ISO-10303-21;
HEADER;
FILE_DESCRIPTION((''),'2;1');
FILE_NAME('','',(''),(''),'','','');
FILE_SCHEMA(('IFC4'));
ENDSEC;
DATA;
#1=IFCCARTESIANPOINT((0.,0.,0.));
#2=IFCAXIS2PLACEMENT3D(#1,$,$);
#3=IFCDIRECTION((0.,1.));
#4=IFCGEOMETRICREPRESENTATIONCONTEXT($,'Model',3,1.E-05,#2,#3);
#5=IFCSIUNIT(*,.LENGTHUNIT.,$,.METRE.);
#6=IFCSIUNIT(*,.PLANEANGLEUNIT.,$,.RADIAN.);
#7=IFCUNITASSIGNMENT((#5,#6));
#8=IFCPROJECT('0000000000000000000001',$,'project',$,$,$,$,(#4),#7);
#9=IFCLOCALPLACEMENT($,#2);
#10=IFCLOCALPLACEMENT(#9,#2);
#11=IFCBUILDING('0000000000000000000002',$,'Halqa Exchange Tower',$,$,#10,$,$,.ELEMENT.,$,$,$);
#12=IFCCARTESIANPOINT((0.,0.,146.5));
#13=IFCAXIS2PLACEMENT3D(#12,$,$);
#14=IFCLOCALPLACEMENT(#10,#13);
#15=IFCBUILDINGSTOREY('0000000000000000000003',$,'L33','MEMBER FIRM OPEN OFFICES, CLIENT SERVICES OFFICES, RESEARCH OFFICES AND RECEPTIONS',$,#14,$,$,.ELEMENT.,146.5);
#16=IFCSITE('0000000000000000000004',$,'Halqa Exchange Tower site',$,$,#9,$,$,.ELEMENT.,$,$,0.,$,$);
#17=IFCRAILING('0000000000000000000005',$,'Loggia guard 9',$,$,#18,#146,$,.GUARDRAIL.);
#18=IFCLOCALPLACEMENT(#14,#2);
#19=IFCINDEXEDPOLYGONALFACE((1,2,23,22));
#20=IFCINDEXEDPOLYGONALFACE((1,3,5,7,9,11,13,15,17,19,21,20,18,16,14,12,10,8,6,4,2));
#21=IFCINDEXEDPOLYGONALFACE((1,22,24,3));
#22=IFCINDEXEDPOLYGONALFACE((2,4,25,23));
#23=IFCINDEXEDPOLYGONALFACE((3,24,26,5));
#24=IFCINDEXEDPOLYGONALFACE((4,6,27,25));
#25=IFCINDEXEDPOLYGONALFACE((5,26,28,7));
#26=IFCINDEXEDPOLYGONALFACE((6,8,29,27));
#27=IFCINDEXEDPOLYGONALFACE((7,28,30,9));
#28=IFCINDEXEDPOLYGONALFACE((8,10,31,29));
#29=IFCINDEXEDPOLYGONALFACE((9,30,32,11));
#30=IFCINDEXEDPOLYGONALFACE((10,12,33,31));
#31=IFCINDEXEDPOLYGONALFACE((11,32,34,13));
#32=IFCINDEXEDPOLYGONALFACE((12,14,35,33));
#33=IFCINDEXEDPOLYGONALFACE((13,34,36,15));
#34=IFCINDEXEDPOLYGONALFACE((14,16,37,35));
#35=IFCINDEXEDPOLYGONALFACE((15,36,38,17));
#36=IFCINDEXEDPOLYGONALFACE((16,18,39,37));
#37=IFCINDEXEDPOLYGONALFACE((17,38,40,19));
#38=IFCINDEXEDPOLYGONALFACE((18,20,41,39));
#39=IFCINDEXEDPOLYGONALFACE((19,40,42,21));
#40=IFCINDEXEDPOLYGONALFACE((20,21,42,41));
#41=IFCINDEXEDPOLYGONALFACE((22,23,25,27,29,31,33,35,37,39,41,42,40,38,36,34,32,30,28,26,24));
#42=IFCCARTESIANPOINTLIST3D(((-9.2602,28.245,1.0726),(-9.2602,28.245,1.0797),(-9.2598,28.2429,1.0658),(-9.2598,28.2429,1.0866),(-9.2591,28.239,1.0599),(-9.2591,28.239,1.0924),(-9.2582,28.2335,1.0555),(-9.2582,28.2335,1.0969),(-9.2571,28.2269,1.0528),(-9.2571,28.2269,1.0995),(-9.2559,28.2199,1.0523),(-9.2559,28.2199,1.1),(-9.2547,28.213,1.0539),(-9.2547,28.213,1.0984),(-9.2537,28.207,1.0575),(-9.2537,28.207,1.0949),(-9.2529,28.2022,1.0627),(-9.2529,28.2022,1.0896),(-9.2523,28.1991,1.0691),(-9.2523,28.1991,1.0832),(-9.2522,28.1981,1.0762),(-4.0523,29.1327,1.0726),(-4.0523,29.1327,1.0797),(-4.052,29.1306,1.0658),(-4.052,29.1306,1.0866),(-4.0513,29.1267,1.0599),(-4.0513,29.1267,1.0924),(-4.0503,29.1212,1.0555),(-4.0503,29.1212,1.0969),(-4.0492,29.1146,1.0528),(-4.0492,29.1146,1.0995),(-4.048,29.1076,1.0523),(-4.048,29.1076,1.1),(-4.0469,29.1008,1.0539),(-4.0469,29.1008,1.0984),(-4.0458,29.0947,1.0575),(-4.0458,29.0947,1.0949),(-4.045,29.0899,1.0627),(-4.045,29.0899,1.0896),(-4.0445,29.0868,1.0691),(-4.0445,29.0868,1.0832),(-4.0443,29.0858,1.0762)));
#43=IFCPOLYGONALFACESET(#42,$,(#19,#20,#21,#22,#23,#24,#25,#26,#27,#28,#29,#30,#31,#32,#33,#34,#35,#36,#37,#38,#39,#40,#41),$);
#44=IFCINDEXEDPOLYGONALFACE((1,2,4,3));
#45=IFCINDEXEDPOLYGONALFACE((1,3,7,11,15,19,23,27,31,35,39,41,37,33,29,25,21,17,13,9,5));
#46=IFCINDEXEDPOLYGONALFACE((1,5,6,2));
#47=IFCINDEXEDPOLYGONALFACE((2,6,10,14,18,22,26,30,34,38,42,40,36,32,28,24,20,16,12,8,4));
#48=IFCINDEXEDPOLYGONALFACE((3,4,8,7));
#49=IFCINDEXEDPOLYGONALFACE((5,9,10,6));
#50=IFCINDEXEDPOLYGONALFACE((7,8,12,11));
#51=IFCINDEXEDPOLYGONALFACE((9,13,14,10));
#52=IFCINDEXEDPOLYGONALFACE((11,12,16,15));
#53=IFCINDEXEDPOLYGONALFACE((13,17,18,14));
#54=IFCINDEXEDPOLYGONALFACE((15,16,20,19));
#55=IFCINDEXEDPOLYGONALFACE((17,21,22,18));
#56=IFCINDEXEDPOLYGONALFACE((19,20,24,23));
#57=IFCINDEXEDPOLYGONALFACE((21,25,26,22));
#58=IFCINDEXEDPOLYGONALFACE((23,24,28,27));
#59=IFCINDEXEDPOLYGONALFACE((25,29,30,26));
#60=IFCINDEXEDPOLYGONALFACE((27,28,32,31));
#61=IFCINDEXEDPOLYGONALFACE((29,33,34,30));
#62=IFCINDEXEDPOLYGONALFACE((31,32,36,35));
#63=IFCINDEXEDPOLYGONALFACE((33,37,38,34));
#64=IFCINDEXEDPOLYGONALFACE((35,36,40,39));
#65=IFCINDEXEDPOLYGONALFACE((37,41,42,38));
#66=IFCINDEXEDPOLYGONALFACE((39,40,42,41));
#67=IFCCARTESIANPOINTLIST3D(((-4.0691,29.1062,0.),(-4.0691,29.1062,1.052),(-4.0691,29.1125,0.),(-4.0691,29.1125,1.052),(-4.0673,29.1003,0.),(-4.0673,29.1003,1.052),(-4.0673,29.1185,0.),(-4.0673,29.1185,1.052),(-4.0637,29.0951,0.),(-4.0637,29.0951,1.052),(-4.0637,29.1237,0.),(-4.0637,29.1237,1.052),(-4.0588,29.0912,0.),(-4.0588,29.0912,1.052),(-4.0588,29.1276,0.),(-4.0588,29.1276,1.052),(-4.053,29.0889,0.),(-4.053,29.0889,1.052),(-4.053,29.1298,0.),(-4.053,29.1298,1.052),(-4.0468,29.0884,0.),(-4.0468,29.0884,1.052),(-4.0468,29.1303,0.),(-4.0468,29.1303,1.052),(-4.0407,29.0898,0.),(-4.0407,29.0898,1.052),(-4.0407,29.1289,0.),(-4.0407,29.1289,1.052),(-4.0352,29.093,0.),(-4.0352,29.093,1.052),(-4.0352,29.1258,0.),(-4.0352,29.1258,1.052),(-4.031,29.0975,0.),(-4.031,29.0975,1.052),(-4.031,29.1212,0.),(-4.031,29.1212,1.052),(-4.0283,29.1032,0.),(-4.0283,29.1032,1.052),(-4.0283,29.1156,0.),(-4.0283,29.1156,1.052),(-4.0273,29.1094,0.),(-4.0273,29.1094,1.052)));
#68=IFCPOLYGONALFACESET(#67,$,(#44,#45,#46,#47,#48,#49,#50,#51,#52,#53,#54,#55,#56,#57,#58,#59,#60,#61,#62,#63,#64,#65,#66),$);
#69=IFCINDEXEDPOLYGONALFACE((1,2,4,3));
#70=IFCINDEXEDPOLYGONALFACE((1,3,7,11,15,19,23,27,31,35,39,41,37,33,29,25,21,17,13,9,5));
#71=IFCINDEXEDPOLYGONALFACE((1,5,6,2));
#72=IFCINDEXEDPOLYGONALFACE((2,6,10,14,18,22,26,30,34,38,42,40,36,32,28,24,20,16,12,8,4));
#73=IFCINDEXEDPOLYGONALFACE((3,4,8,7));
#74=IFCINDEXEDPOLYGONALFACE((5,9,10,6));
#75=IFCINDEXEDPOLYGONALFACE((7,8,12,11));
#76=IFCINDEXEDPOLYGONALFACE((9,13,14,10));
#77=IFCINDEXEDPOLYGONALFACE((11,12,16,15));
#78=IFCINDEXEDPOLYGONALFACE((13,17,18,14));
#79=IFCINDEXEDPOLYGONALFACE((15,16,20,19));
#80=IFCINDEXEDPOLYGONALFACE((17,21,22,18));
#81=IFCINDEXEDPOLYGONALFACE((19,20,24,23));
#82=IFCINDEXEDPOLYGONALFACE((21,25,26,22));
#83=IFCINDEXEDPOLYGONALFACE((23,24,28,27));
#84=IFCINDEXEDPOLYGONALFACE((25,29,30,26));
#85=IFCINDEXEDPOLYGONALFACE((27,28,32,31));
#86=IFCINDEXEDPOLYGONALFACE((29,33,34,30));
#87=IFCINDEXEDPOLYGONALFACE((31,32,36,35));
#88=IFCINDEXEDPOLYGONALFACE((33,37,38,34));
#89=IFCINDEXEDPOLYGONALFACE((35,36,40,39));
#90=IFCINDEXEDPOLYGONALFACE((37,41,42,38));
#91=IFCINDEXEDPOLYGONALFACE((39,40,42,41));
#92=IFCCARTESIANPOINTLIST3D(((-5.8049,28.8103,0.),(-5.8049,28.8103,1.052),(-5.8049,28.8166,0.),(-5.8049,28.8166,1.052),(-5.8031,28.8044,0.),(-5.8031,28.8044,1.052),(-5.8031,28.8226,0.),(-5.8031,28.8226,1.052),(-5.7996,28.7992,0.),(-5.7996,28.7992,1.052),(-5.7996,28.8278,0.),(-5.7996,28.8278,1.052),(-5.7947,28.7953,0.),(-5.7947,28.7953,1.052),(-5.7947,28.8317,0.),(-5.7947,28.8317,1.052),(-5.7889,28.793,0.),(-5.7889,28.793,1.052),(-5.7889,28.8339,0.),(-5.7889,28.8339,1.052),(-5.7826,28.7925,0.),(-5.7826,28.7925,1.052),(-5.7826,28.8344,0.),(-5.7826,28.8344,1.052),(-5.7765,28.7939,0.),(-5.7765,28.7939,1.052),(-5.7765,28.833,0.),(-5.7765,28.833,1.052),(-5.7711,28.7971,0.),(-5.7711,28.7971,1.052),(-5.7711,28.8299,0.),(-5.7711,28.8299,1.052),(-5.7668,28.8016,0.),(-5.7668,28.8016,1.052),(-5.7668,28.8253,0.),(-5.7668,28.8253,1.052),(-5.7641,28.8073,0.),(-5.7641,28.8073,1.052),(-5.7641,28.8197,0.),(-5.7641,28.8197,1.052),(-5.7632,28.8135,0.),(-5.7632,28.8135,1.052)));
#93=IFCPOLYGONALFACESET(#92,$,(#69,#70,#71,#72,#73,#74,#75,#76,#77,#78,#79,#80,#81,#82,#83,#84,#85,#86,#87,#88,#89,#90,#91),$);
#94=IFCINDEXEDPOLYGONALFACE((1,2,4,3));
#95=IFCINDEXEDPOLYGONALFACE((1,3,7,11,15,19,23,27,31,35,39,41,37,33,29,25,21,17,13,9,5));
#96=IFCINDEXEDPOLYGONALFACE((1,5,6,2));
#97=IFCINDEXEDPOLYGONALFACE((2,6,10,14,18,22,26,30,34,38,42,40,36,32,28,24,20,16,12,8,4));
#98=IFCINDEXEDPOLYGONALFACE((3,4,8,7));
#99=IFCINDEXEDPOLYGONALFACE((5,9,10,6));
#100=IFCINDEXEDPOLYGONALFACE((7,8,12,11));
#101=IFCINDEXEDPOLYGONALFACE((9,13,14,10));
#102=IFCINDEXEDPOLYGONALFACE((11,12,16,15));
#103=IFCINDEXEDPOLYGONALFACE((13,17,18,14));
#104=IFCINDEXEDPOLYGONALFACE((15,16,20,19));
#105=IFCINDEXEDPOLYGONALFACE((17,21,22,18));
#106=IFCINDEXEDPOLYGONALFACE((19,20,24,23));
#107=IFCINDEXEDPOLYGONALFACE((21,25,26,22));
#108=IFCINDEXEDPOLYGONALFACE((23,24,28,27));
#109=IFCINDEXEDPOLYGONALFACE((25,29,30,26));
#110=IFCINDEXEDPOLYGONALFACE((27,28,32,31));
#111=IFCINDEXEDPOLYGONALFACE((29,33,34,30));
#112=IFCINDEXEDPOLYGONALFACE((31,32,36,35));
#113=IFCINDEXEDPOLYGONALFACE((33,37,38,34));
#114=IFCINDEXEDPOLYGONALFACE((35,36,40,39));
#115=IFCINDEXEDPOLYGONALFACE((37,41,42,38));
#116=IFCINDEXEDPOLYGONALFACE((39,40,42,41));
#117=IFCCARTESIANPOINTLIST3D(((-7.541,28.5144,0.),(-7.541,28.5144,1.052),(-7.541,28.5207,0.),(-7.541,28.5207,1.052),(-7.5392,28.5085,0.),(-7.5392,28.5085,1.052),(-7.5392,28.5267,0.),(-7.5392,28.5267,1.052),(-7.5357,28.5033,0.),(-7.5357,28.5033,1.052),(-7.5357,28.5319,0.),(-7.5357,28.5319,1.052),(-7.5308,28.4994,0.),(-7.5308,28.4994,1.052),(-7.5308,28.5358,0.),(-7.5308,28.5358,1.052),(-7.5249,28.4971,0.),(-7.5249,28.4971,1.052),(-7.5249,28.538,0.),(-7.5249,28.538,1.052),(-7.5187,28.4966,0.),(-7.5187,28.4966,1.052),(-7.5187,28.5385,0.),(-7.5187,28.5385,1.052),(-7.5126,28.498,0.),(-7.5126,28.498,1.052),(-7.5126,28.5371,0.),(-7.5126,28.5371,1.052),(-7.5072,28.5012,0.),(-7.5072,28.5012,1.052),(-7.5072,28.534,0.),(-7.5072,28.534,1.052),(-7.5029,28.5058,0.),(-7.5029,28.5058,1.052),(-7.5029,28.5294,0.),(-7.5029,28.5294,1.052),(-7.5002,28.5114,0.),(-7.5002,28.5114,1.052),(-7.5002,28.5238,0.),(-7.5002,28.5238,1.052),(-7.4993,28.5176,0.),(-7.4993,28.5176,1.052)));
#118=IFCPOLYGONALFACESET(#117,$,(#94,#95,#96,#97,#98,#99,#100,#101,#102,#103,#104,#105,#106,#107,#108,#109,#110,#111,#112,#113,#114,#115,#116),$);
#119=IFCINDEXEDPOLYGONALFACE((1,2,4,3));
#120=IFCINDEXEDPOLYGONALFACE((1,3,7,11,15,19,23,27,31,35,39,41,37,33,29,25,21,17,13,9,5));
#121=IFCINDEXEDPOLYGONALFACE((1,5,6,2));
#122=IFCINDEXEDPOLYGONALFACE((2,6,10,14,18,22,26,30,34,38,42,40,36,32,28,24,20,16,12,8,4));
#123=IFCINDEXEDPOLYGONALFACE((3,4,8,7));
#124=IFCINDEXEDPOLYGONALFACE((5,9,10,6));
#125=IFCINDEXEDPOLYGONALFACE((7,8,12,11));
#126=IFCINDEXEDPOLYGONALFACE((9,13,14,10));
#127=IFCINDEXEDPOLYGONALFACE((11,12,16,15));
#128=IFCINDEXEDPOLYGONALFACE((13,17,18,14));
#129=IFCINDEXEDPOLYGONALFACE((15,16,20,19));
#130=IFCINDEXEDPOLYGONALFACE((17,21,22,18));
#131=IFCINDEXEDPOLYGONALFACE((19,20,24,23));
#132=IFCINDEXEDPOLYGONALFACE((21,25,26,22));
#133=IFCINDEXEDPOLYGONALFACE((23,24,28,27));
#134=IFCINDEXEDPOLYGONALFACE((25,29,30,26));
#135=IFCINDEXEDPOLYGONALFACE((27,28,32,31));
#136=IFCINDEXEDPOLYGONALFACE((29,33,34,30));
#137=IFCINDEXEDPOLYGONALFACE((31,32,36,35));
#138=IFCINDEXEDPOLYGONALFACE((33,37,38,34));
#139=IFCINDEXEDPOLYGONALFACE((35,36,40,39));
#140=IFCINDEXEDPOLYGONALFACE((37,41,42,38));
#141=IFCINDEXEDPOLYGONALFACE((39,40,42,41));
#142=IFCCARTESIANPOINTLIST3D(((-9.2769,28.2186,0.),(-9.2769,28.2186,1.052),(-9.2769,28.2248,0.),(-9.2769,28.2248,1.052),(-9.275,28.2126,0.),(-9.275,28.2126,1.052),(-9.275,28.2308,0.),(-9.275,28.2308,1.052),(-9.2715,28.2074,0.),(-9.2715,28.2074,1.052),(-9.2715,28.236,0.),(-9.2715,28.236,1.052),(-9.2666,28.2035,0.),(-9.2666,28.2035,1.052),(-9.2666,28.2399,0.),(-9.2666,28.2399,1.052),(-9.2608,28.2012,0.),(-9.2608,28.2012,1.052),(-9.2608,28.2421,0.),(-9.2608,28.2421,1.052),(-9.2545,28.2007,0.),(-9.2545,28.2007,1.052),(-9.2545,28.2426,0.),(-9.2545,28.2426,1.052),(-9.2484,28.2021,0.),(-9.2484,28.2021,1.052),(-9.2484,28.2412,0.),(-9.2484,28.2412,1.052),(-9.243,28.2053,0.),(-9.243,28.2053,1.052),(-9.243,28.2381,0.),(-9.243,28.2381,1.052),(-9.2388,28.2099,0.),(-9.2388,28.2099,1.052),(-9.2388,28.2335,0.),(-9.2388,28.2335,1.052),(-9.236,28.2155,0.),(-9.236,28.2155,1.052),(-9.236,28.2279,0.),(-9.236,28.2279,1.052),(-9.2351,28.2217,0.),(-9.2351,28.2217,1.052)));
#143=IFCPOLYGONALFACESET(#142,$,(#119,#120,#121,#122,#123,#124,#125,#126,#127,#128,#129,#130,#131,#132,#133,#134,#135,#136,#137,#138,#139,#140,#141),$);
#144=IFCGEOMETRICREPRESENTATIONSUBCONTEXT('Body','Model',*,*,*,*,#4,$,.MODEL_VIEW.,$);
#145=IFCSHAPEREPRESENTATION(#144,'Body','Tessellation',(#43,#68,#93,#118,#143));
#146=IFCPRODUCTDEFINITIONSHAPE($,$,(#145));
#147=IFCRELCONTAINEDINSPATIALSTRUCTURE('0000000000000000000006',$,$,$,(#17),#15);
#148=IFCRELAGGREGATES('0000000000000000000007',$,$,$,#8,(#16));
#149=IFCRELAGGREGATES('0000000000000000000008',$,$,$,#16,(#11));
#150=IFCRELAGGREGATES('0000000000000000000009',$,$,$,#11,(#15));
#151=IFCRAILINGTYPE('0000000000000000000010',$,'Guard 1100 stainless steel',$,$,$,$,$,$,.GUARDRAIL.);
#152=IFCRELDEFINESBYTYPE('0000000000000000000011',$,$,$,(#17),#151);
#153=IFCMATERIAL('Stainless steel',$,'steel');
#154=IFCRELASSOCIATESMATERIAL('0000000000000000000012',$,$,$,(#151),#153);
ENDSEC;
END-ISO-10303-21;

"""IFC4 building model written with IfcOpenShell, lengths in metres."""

from ifc_helpers import new_model, si_unit, direction, frame, origin, origin_2d, place, context, subcontext, project, spatial, circle, extrude, material, type_object, element, save


model = new_model("IFC4")

# Units and contexts
model_context = context("Model", 3, precision=1e-05, world=origin(), true_north=direction((0.0, 1.0)))
body_context = subcontext(model_context, "Body", "Model", "MODEL_VIEW")
ifc_project = project(units=[si_unit("LENGTHUNIT", "METRE"), si_unit("PLANEANGLEUNIT", "RADIAN")], contexts=[model_context])

# Site, building, storey
site_placement = place(None, origin())
site = spatial("IfcSite", under=ifc_project, at=site_placement, Name="Halqa Exchange Tower site", CompositionType="ELEMENT", RefElevation=0.0)
building_placement = place(site_placement, origin())
building = spatial("IfcBuilding", under=site, at=building_placement, Name="Halqa Exchange Tower", CompositionType="ELEMENT")
storey_placement = place(building_placement, frame((0.0, 0.0, 146.5)))
storey = spatial("IfcBuildingStorey", under=building, at=storey_placement, Name="L33", Description="MEMBER FIRM OPEN OFFICES, CLIENT SERVICES OFFICES, RESEARCH OFFICES AND RECEPTIONS", CompositionType="ELEMENT", Elevation=146.5)

# Railing
ifc_material_1 = material(Name="Stainless steel", Category="steel")
railing_type_1 = type_object("IfcRailingType", Name="Guard 1100 stainless steel", PredefinedType="GUARDRAIL", material=ifc_material_1)
railing_1_placement = place(storey_placement, frame((-4.0483, 29.1094, 0.0)))
element("IfcRailing", 1, at=railing_1_placement, inside=storey, type_object=railing_type_1, Name="Loggia guard 9", PredefinedType="GUARDRAIL", context=body_context, shape_type="SweptSolid", body=[
    extrude(circle(Radius=0.0239, at=origin_2d()), frame((0.0, 0.0, 1.0762), z_axis=(-0.985781, -0.168033, 0.0), x_axis=(0.168033, -0.985781, 0.0)), (0.0, 0.0, 1.0), 5.283),
    extrude(circle(Radius=0.021, at=origin_2d()), origin(), (0.0, 0.0, 1.0), 1.052),
    extrude(circle(Radius=0.021, at=origin_2d()), frame((-1.7358, -0.2959, 0.0)), (0.0, 0.0, 1.0), 1.052),
    extrude(circle(Radius=0.021, at=origin_2d()), frame((-3.4719, -0.5918, 0.0)), (0.0, 0.0, 1.0), 1.052),
    extrude(circle(Radius=0.021, at=origin_2d()), frame((-5.2078, -0.8877, 0.0)), (0.0, 0.0, 1.0), 1.052),
])

save(model, "model.ifc")
